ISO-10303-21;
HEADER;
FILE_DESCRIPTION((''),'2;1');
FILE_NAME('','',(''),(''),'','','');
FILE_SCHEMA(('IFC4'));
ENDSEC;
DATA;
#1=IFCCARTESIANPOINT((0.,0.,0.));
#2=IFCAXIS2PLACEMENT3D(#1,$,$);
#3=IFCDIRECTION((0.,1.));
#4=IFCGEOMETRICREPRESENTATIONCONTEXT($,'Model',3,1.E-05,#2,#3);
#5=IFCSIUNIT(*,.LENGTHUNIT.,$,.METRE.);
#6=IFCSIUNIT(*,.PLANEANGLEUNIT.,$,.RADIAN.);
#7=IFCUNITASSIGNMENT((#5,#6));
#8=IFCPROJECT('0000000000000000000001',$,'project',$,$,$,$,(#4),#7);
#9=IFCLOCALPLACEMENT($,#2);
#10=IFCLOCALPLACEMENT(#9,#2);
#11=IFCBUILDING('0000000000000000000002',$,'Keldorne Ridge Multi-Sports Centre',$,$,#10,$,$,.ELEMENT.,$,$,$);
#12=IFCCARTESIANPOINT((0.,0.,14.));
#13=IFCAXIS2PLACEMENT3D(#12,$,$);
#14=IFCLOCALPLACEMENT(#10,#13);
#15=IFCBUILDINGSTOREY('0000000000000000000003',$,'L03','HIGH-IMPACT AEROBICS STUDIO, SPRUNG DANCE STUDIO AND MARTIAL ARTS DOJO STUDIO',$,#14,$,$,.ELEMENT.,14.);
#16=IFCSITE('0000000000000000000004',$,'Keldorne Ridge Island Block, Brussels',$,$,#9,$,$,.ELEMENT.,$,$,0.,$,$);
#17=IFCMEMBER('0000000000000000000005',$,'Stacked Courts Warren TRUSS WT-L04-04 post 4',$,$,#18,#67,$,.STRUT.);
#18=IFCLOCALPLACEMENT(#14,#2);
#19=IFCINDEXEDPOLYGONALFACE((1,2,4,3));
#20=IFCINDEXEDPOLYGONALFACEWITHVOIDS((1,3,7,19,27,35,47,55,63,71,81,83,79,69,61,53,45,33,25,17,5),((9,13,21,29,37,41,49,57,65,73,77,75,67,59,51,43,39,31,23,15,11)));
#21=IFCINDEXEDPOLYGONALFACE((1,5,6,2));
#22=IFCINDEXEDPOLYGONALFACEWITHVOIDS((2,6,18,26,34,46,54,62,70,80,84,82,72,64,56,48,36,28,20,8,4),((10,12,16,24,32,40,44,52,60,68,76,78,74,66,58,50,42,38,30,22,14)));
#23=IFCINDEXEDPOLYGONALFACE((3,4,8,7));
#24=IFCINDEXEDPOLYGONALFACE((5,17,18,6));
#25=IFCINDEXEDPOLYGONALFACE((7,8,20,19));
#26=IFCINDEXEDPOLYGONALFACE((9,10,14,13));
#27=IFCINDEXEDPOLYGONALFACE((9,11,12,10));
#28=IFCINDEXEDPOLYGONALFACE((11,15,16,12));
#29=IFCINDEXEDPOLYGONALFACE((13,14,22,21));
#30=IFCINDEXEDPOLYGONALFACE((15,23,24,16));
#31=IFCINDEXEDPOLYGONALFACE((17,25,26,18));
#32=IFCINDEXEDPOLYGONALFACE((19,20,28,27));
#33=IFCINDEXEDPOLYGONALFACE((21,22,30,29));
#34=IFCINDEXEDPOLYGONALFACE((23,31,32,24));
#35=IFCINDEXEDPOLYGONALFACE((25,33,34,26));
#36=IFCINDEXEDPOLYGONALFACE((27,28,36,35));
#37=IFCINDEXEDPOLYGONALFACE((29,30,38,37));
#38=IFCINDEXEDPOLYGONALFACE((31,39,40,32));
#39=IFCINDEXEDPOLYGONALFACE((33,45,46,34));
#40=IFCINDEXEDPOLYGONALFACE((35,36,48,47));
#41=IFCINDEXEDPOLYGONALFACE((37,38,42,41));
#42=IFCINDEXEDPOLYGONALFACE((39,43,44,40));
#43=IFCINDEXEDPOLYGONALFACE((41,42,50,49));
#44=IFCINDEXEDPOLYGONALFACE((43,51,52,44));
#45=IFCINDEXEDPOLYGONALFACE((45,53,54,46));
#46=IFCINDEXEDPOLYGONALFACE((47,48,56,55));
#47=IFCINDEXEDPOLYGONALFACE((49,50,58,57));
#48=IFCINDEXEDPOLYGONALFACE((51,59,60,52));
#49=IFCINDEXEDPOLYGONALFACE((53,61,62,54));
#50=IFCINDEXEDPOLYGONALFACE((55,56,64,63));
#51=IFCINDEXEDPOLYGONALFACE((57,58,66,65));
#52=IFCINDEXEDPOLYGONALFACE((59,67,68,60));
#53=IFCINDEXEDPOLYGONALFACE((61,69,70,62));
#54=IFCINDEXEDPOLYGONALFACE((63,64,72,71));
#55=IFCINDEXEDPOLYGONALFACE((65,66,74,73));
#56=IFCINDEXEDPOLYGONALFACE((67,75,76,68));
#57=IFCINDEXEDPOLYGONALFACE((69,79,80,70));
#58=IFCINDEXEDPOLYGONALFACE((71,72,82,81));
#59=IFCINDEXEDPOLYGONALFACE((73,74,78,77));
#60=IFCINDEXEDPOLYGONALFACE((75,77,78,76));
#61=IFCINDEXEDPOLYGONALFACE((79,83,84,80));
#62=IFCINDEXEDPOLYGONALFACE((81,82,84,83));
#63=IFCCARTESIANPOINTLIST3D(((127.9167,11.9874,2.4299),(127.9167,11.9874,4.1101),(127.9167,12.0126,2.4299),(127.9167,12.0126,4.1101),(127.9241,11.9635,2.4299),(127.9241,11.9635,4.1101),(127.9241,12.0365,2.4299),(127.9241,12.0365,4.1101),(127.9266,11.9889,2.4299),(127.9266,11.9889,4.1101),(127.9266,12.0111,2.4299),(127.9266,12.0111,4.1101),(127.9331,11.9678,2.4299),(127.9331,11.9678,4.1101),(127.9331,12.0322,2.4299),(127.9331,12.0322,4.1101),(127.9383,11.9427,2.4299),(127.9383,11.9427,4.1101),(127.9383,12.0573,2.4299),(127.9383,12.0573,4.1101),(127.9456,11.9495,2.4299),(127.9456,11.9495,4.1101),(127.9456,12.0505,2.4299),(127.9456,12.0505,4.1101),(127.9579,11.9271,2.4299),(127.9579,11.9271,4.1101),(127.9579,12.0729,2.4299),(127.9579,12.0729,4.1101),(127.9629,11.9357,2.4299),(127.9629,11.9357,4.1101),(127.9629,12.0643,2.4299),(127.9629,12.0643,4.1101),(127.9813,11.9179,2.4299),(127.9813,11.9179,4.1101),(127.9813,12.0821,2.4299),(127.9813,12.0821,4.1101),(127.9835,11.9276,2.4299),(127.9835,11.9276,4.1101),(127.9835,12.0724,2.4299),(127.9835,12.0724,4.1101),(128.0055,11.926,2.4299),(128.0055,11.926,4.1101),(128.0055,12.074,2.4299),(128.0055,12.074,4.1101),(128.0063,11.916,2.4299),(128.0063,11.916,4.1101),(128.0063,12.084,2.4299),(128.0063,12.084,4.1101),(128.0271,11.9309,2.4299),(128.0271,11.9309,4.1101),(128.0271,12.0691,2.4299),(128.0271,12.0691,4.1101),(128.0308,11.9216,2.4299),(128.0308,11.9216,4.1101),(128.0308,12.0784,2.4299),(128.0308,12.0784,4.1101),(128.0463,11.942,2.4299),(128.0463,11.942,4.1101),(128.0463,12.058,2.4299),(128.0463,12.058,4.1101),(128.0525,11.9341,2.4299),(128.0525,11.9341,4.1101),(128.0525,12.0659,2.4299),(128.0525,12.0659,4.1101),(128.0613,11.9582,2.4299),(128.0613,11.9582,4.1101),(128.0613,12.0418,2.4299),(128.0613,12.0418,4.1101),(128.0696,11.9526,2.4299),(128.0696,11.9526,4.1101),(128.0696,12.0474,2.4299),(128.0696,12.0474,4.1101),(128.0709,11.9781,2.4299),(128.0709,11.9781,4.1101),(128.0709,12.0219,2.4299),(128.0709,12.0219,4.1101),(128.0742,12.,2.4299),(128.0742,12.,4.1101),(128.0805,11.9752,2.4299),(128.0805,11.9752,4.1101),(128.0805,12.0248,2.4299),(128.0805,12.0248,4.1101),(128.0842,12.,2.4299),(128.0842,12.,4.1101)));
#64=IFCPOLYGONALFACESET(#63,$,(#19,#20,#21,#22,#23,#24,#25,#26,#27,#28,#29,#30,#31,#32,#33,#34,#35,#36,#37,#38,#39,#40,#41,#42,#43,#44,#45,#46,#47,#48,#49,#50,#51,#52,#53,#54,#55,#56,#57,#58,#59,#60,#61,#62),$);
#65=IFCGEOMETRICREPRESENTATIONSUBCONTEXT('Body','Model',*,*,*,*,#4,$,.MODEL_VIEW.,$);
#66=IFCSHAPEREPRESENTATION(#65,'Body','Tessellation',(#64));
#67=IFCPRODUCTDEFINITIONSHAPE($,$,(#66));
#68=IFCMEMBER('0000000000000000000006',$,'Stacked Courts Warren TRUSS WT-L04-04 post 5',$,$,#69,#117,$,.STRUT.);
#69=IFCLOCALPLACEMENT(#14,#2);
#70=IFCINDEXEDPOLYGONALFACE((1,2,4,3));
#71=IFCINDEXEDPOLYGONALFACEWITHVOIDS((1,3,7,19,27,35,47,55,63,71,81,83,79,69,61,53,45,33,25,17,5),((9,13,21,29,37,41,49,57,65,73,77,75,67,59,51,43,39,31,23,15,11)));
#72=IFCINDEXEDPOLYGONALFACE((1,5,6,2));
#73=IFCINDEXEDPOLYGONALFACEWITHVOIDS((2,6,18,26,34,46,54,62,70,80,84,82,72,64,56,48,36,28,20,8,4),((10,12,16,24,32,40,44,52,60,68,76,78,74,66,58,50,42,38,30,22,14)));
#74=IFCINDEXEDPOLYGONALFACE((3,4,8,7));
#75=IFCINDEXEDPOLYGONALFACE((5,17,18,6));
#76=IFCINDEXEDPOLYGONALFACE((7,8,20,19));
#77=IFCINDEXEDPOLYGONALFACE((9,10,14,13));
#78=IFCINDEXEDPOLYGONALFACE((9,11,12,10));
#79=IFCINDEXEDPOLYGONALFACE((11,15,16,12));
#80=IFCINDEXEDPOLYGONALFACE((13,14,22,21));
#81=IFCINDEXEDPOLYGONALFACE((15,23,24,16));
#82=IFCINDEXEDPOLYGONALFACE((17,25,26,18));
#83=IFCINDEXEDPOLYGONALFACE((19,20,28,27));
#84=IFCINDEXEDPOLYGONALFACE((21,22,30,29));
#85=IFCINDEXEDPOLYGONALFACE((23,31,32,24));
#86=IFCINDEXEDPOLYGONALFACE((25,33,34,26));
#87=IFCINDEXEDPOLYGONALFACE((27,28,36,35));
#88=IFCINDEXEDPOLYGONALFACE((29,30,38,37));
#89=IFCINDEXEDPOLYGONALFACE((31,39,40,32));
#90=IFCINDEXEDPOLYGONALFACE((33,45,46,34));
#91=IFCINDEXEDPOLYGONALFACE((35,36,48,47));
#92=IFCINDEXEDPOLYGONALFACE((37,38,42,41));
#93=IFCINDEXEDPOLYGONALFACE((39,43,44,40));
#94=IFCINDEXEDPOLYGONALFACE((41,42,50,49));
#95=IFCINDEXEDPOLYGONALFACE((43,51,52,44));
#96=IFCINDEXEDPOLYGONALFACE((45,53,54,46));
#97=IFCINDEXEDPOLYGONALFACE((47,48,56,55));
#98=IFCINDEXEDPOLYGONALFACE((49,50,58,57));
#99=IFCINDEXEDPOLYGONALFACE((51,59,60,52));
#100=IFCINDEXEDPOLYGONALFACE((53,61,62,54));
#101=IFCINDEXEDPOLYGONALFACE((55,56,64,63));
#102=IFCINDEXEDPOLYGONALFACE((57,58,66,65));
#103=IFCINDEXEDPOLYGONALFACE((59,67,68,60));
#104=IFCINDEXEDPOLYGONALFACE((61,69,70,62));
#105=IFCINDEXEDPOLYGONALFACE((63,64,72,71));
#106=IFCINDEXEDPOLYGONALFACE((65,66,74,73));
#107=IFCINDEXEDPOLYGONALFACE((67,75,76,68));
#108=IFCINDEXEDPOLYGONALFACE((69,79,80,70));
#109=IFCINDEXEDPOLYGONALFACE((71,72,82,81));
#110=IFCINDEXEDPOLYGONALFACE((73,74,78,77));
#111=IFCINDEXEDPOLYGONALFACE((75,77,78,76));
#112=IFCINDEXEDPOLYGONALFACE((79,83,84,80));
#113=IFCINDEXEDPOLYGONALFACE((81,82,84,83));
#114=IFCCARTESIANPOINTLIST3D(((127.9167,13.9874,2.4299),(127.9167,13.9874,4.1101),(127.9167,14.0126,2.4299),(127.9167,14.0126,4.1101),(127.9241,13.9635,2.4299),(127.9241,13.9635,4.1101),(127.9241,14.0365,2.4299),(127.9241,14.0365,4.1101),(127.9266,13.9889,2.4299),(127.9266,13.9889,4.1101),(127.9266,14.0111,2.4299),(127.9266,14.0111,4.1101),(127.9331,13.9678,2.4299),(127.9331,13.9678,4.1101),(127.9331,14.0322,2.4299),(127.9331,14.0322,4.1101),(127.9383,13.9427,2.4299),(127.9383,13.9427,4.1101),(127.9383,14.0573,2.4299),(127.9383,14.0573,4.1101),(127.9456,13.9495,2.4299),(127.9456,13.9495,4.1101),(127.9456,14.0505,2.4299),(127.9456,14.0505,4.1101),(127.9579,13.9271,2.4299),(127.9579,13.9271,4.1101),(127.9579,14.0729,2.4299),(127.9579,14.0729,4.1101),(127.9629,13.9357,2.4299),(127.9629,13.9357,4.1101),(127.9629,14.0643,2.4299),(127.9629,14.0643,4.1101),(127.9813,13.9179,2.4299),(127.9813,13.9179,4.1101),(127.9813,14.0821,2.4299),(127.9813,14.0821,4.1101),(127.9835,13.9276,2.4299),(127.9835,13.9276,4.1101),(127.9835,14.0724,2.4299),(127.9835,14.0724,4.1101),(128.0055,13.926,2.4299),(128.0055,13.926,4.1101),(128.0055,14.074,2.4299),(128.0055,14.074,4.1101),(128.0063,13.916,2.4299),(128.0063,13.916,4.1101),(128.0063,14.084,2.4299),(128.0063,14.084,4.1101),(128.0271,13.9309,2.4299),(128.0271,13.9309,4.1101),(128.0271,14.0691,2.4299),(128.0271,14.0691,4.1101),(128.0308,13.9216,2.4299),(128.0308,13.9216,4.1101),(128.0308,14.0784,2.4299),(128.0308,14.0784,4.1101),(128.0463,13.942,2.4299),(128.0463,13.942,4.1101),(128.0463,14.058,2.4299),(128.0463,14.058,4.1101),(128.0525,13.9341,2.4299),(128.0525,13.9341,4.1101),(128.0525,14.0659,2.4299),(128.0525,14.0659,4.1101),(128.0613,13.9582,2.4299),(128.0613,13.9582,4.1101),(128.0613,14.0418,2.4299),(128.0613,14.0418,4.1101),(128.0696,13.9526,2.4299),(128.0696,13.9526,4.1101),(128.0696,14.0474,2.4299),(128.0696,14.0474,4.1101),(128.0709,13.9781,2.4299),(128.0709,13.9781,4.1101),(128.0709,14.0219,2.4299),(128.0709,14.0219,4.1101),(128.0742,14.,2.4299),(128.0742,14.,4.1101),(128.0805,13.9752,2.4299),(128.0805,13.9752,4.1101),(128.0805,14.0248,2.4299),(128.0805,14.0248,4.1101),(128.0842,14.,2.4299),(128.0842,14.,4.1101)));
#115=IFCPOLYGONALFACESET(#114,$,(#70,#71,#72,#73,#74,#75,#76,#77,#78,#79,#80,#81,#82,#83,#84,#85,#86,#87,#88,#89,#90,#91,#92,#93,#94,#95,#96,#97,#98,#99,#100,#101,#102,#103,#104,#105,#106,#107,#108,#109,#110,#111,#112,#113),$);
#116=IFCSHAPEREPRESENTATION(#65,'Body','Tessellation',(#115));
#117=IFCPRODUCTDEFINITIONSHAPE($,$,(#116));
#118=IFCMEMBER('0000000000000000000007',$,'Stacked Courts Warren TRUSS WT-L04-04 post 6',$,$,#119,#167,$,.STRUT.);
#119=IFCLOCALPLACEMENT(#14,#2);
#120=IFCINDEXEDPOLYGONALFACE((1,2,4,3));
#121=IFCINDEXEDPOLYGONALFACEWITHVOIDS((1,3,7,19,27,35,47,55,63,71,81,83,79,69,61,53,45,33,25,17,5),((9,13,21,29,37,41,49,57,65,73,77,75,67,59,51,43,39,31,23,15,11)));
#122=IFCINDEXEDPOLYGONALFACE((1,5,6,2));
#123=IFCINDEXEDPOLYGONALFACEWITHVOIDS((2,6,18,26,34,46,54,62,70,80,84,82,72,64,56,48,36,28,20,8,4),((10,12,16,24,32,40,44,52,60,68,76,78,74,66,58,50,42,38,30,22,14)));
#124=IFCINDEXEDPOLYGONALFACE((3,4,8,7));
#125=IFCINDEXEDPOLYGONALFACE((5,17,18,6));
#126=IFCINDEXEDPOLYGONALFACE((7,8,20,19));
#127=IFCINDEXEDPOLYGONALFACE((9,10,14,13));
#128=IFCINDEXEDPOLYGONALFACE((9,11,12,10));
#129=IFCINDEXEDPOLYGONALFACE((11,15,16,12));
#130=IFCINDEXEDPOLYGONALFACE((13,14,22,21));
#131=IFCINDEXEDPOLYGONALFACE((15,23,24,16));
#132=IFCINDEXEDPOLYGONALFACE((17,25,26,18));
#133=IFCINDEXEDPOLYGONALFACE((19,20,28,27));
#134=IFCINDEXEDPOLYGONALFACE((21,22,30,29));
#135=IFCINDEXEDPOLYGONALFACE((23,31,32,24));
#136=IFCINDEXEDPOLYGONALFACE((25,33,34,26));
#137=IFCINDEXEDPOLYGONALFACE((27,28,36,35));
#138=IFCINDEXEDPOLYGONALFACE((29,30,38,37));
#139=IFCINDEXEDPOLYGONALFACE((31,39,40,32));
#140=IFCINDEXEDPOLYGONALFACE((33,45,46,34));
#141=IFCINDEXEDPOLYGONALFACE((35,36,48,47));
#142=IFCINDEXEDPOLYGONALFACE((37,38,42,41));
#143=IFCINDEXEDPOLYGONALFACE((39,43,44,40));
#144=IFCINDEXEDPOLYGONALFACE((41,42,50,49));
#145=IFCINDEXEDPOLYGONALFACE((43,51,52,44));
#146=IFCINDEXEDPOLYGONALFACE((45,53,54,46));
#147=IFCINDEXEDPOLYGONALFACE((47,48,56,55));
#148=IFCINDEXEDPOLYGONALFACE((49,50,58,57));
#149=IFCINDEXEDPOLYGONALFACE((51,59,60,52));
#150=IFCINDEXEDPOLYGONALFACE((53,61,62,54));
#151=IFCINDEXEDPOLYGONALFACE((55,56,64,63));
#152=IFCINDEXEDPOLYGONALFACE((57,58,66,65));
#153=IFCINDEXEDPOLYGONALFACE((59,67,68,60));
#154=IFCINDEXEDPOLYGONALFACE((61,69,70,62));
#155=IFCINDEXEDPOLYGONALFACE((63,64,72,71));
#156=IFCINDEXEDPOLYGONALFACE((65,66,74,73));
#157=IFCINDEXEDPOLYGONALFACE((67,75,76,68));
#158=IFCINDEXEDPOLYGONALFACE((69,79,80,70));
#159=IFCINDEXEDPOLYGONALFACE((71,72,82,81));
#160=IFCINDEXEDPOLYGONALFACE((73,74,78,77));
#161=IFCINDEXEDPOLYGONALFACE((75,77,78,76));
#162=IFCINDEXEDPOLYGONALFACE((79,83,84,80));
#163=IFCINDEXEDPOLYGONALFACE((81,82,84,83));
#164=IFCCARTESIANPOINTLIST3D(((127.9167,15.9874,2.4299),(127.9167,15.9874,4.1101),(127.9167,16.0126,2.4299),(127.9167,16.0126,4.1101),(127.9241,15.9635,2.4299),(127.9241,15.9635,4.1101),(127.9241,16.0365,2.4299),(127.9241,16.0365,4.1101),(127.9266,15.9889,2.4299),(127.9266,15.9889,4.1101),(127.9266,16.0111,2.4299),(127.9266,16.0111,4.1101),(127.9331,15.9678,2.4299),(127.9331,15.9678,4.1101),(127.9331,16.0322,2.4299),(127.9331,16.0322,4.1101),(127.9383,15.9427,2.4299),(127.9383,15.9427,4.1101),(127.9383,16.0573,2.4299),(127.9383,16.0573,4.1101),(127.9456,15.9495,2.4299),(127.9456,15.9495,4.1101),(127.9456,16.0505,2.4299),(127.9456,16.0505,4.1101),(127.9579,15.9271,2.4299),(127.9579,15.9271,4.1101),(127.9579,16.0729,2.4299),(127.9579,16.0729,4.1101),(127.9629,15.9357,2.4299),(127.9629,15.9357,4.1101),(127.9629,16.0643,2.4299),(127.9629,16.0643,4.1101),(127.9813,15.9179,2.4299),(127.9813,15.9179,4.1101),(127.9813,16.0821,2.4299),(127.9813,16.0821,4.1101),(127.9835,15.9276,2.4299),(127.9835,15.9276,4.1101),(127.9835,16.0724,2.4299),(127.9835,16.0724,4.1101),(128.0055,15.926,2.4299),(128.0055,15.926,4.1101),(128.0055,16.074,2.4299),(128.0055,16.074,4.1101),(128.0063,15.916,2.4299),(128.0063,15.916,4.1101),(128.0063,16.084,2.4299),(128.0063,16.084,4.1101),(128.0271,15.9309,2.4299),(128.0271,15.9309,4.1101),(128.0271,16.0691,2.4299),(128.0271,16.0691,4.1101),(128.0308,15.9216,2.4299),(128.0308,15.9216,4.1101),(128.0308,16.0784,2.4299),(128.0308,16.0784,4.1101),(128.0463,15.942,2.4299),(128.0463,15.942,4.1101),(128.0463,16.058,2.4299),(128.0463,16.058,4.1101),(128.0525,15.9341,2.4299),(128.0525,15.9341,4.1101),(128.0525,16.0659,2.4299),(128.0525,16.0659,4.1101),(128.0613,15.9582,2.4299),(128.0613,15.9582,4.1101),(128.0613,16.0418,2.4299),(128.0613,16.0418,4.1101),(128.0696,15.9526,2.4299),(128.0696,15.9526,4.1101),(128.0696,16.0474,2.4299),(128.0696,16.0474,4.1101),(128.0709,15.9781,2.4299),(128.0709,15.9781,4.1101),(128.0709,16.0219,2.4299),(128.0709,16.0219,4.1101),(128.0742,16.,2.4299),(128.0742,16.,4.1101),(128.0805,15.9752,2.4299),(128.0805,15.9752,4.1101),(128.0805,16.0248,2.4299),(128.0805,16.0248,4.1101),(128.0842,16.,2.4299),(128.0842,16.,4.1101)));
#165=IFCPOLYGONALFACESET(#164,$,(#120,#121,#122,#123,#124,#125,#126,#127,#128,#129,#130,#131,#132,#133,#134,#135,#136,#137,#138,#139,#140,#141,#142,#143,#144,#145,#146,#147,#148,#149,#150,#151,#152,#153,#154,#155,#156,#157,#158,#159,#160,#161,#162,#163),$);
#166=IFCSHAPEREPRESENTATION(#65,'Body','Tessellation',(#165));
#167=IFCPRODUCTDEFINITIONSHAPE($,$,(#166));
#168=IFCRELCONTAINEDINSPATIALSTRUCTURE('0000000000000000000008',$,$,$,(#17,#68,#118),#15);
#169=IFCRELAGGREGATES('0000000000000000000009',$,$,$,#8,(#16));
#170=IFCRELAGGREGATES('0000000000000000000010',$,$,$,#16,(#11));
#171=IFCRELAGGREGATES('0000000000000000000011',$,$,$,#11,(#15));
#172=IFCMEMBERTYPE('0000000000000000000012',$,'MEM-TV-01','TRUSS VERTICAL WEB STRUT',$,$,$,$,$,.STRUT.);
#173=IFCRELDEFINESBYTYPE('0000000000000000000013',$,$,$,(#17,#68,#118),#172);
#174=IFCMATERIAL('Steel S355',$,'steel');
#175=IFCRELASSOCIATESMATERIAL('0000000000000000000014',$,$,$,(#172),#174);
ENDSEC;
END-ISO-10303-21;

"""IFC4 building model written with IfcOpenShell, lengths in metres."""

from ifc_helpers import new_model, si_unit, direction, frame, origin, origin_2d, place, context, subcontext, project, spatial, hollow_circle, extrude, material, material_profile, profile_set, type_object, element, save


model = new_model("IFC4")

# Units and contexts
model_context = context("Model", 3, precision=1e-05, world=origin(), true_north=direction((0.0, 1.0)))
body_context = subcontext(model_context, "Body", "Model", "MODEL_VIEW")
ifc_project = project(units=[si_unit("LENGTHUNIT", "METRE"), si_unit("PLANEANGLEUNIT", "RADIAN")], contexts=[model_context])

# Site, building, storey
site_placement = place(None, origin())
site = spatial("IfcSite", under=ifc_project, at=site_placement, Name="Keldorne Ridge Island Block, Brussels", CompositionType="ELEMENT", RefElevation=0.0)
building_placement = place(site_placement, origin())
building = spatial("IfcBuilding", under=site, at=building_placement, Name="Keldorne Ridge Multi-Sports Centre", CompositionType="ELEMENT")
storey_placement = place(building_placement, frame((0.0, 0.0, 14.0)))
storey = spatial("IfcBuildingStorey", under=building, at=storey_placement, Name="L03", Description="HIGH-IMPACT AEROBICS STUDIO, SPRUNG DANCE STUDIO AND MARTIAL ARTS DOJO STUDIO", CompositionType="ELEMENT", Elevation=14.0)

# Members
ifc_material = material(Name="Steel S355", Category="steel")
ifc_material_profile_1 = material_profile(ifc_material, hollow_circle(Radius=0.0842, WallThickness=0.01, at=origin_2d()), Name="CHS 168.3x10")
ifc_profile_set_1 = profile_set([ifc_material_profile_1], Name="Steel S355")
member_type_1 = type_object("IfcMemberType", Name="MEM-TV-01", Description="TRUSS VERTICAL WEB STRUT", PredefinedType="STRUT", material=ifc_profile_set_1)
for number, where, z_axis, x_axis, name in (
    (1, (128.0, 12.0, 2.4299), (0.0, 0.0, 1.0), (1.0, 0.0, 0.0), "Stacked Courts Warren TRUSS WT-L04-04 post 4"),
    (2, (128.0, 14.0, 2.4299), (0.0, 0.0, 1.0), (1.0, 0.0, 0.0), "Stacked Courts Warren TRUSS WT-L04-04 post 5"),
    (3, (128.0, 16.0, 2.4299), (0.0, 0.0, 1.0), (1.0, 0.0, 0.0), "Stacked Courts Warren TRUSS WT-L04-04 post 6"),
):
    element("IfcMember", number, at=place(storey_placement, frame(where, z_axis=z_axis, x_axis=x_axis)), inside=storey, type_object=member_type_1, Name=name, PredefinedType="STRUT", context=body_context, shape_type="SweptSolid", body=[
        extrude(hollow_circle(Radius=0.0842, WallThickness=0.01, at=origin_2d()), origin(), (0.0, 0.0, 1.0), 1.6802),
    ])

save(model, "model.ifc")
